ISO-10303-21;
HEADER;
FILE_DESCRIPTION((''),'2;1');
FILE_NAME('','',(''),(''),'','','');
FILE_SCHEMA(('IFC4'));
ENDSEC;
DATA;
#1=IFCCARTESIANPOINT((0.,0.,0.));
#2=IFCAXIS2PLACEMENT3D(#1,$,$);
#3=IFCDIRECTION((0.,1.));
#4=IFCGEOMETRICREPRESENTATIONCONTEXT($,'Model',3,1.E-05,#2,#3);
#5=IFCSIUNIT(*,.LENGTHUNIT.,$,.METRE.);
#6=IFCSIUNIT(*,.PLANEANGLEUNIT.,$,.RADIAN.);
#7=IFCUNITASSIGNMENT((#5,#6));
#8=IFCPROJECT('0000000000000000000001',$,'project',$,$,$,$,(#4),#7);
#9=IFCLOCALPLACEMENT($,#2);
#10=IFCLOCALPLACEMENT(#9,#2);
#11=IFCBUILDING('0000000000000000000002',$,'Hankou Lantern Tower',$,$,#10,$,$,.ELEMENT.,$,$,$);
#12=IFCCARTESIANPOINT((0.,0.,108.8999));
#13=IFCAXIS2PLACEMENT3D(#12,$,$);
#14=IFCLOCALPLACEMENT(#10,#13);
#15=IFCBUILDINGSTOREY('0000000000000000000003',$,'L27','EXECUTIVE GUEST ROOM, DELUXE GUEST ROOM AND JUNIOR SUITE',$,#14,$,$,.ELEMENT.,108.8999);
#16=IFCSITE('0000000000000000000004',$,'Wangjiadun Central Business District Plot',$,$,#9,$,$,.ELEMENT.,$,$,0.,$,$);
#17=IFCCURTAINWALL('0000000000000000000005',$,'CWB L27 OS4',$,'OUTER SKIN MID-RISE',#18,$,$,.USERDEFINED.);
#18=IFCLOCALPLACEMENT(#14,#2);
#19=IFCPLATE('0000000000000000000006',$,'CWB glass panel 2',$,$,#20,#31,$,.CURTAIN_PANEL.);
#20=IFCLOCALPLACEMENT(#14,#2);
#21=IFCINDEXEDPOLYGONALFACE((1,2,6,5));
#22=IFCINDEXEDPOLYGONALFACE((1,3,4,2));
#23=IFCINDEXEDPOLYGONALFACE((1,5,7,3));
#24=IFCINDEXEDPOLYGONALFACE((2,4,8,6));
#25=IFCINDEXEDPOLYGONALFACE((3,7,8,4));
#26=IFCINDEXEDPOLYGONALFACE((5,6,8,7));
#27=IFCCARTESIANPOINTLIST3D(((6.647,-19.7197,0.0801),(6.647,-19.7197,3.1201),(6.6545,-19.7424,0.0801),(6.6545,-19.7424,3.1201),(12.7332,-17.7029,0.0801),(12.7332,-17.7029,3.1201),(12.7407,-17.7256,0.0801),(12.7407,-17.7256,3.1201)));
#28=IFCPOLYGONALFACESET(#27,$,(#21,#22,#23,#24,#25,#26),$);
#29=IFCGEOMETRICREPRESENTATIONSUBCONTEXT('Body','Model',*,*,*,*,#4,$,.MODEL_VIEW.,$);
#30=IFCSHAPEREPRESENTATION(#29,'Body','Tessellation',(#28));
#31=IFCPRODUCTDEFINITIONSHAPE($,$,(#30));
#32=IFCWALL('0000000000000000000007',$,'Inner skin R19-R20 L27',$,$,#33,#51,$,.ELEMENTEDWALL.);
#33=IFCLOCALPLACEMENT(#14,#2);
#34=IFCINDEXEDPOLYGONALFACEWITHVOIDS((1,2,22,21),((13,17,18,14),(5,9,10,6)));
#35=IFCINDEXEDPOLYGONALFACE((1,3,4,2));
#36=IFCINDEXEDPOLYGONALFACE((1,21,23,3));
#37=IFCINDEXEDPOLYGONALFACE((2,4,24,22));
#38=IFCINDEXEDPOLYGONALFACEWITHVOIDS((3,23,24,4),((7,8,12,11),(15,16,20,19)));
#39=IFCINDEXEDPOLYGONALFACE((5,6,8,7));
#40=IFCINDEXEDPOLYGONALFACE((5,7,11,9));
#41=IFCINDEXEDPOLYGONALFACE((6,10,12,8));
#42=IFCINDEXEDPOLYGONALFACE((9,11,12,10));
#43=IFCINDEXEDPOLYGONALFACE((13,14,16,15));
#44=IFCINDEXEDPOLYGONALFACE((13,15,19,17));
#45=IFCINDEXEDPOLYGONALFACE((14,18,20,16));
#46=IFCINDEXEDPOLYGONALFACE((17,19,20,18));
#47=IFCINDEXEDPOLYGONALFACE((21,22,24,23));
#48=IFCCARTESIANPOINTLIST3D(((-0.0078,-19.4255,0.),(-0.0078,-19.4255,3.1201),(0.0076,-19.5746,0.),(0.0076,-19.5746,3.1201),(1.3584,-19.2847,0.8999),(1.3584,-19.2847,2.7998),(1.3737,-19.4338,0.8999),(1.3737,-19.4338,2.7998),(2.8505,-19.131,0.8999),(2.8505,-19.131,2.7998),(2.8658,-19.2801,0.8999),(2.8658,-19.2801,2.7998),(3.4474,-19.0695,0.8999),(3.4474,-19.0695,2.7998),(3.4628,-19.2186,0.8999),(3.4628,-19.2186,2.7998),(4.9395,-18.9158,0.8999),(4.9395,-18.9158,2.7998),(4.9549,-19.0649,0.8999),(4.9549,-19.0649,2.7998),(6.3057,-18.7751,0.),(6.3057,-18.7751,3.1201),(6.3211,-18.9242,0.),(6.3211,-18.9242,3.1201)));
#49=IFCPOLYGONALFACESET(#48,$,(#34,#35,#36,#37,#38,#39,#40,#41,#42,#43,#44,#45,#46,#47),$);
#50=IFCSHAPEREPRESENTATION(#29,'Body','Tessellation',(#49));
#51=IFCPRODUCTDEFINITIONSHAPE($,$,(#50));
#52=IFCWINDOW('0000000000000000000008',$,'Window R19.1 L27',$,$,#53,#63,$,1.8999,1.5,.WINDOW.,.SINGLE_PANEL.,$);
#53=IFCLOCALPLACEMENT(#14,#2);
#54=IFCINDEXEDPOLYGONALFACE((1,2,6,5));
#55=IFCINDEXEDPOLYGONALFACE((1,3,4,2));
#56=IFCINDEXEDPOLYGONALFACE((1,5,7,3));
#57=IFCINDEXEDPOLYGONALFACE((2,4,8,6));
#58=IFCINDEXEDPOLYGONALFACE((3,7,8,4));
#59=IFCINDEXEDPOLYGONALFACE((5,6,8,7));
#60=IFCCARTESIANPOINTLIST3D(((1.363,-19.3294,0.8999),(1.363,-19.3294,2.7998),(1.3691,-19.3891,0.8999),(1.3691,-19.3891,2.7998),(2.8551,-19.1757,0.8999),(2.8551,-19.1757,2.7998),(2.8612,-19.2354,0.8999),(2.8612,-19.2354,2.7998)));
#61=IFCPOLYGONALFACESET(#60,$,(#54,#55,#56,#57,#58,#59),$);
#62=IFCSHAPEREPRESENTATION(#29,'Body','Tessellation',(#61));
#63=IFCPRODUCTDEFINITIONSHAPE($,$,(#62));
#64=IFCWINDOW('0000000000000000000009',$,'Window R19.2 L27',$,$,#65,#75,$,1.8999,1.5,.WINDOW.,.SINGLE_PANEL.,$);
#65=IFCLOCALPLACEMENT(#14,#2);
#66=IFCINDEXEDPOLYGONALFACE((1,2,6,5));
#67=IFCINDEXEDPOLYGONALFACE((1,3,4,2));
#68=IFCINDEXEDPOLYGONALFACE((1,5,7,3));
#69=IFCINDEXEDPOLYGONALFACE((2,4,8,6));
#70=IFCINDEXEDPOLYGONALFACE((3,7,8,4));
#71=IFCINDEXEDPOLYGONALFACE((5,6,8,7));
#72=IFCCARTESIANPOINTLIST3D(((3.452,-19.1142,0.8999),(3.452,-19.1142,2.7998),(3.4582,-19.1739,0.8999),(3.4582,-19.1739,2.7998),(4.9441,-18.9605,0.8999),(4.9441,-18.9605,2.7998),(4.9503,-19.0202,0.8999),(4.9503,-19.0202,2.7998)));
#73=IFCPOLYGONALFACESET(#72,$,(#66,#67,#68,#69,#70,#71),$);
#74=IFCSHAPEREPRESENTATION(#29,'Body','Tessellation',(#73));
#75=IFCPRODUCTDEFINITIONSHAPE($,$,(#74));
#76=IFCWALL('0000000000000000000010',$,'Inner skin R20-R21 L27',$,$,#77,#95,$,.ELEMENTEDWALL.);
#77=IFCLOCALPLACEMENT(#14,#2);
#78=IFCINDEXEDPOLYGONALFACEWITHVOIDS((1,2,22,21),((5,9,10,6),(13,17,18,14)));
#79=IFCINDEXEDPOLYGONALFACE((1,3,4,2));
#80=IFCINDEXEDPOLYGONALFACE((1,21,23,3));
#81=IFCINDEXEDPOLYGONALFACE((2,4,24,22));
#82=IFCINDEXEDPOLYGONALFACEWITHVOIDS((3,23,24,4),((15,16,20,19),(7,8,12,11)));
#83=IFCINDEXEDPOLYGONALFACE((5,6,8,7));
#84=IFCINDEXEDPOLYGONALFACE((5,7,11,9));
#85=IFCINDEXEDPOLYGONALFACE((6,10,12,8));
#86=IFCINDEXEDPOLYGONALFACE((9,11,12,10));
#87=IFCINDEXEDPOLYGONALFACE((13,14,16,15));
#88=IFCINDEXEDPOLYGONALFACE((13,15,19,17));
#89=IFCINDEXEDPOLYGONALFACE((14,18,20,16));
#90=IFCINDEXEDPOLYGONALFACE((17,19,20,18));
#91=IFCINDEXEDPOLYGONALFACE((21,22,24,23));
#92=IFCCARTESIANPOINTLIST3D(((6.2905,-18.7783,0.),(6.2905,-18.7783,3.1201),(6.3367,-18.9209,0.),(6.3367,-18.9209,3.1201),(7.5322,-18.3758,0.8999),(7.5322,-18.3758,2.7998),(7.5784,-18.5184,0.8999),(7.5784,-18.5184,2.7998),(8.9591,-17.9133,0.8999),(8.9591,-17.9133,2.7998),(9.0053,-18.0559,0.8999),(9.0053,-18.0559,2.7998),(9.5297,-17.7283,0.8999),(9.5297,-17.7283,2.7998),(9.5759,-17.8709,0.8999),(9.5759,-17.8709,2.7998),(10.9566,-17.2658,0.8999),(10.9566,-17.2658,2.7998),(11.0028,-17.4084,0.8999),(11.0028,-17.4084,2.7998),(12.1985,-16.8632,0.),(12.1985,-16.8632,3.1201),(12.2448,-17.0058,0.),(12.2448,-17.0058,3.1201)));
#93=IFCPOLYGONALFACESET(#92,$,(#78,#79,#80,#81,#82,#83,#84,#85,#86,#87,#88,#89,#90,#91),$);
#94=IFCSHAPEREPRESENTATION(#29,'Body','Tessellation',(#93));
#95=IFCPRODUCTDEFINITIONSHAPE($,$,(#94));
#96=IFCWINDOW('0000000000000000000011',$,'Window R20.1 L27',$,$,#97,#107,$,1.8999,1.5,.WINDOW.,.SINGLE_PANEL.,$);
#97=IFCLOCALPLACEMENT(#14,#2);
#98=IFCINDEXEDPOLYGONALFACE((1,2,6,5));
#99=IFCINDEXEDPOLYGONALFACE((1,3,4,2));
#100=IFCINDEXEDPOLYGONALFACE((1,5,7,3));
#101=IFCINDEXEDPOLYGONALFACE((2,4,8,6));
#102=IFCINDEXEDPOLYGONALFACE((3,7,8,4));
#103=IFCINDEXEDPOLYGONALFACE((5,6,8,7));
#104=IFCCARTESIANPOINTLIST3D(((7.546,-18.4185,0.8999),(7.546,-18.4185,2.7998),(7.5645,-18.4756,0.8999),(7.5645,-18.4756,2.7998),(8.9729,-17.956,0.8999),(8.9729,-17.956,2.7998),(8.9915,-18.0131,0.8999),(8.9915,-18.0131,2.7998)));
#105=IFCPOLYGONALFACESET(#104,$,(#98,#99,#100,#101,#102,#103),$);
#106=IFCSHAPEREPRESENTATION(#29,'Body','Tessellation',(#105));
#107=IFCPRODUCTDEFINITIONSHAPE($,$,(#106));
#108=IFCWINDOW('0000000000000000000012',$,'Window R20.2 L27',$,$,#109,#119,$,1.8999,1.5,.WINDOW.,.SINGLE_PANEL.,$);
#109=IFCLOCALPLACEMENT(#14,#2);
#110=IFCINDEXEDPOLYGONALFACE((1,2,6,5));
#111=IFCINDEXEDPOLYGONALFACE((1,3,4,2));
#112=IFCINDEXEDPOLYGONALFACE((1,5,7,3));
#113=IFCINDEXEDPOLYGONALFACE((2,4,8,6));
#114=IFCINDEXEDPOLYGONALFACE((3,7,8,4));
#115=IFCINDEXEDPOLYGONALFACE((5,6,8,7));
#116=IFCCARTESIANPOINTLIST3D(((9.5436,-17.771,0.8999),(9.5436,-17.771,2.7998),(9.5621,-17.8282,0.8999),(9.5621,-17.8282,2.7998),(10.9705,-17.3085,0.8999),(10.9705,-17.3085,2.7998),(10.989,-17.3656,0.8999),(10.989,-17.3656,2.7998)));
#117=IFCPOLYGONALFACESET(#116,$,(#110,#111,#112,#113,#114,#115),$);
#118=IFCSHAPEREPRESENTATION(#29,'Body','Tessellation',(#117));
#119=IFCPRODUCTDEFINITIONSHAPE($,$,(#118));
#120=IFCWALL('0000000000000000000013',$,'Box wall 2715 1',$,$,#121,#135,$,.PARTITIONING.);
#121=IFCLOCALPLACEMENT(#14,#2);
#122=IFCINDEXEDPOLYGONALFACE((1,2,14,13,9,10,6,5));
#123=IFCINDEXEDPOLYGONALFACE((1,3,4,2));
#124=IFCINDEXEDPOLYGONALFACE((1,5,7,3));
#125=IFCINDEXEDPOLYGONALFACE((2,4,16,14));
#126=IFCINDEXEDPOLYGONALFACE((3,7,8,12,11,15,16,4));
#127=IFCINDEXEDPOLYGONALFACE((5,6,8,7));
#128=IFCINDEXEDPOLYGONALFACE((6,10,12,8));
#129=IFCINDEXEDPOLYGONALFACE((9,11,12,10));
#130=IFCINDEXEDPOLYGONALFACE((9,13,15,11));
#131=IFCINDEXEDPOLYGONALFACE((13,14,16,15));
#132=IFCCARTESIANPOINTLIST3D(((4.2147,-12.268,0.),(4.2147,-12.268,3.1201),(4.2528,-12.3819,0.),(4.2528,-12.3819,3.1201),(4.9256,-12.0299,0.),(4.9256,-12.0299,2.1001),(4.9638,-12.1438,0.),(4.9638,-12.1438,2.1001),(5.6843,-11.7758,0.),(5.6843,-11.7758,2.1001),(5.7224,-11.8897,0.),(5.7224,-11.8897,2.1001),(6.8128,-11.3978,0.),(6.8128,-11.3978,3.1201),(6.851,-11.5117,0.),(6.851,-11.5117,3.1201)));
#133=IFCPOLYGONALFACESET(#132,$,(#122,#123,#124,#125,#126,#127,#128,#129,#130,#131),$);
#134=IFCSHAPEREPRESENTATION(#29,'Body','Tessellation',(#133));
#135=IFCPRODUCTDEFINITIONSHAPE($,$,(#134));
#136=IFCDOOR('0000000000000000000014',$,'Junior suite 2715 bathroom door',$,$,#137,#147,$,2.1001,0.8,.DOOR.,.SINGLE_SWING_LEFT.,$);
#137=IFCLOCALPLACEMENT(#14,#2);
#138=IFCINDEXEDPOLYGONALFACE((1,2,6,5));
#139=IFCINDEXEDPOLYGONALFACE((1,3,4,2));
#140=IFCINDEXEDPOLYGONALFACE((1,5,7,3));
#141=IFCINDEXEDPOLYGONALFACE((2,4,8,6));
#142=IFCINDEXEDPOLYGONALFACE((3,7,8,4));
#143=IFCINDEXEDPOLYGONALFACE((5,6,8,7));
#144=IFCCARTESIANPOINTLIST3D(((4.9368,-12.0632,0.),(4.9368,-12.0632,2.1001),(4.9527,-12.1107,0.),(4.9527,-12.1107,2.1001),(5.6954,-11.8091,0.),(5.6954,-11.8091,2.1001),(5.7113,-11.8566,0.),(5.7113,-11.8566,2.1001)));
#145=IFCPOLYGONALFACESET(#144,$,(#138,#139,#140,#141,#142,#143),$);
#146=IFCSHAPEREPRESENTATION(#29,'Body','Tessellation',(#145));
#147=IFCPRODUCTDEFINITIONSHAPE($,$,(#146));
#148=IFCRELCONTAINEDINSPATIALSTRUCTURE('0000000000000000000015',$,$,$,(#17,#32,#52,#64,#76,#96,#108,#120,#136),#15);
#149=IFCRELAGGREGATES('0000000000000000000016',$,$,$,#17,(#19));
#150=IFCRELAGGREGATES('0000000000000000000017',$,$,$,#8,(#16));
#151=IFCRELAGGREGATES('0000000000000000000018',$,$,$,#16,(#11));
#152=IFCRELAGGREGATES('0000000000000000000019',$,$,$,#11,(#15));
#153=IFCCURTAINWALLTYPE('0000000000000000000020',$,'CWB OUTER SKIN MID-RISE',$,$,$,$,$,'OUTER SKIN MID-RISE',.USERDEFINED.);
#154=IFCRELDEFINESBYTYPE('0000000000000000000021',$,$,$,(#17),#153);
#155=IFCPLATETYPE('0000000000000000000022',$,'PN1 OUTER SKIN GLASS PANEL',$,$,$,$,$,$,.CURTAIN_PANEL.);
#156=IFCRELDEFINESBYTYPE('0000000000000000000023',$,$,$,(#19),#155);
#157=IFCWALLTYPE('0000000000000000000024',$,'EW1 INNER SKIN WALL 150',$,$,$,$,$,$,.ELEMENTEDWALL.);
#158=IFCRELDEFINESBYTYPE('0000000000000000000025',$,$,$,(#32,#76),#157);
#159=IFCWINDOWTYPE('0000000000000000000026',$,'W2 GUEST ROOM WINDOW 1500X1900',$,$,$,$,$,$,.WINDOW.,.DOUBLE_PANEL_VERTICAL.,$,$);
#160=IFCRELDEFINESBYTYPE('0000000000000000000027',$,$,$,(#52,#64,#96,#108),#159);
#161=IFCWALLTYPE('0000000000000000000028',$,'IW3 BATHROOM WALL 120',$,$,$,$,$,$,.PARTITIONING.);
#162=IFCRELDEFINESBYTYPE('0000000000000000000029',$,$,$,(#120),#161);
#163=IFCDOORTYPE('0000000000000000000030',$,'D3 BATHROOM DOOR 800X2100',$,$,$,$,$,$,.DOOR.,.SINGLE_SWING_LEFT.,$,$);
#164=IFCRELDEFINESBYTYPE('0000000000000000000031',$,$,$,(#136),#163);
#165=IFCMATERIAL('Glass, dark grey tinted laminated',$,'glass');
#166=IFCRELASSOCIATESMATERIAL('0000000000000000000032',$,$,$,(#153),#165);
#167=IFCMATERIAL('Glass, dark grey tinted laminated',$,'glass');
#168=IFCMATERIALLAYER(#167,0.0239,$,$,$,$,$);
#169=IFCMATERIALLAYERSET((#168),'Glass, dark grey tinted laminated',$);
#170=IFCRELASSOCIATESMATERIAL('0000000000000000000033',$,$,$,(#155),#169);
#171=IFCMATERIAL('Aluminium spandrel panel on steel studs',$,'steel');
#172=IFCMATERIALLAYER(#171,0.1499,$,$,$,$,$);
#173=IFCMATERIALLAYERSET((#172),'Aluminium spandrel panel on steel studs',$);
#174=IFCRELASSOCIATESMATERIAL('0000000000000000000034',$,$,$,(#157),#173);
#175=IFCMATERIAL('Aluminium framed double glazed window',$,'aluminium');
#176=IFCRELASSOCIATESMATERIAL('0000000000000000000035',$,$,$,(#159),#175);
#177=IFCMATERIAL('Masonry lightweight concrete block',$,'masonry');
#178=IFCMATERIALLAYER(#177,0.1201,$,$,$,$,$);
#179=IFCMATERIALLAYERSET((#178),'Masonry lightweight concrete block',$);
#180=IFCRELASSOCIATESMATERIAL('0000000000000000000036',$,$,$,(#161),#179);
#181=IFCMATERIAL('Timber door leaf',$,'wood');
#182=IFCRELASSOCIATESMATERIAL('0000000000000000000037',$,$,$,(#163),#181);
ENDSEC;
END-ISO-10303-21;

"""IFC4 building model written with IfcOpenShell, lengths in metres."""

from ifc_helpers import new_model, si_unit, direction, frame, frame_2d, origin, origin_2d, place, context, subcontext, project, spatial, rectangle, extrude, material, layer, layer_set, type_object, element, fill, aggregate, save


model = new_model("IFC4")

# Units and contexts
model_context = context("Model", 3, precision=1e-05, world=origin(), true_north=direction((0.0, 1.0)))
body_context = subcontext(model_context, "Body", "Model", "MODEL_VIEW")
ifc_project = project(units=[si_unit("LENGTHUNIT", "METRE"), si_unit("PLANEANGLEUNIT", "RADIAN")], contexts=[model_context])

# Site, building, storey
site_placement = place(None, origin())
site = spatial("IfcSite", under=ifc_project, at=site_placement, Name="Wangjiadun Central Business District Plot", CompositionType="ELEMENT", RefElevation=0.0)
building_placement = place(site_placement, origin())
building = spatial("IfcBuilding", under=site, at=building_placement, Name="Hankou Lantern Tower", CompositionType="ELEMENT")
storey_placement = place(building_placement, frame((0.0, 0.0, 108.8999)))
storey = spatial("IfcBuildingStorey", under=building, at=storey_placement, Name="L27", Description="EXECUTIVE GUEST ROOM, DELUXE GUEST ROOM AND JUNIOR SUITE", CompositionType="ELEMENT", Elevation=108.8999)

# Curtain wall
ifc_material_1 = material(Name="Glass, dark grey tinted laminated", Category="glass")
curtain_wall_type = type_object("IfcCurtainWallType", Name="CWB OUTER SKIN MID-RISE", ElementType="OUTER SKIN MID-RISE", PredefinedType="USERDEFINED", material=ifc_material_1)
curtain_wall_placement = place(storey_placement, origin())
curtain_wall = element("IfcCurtainWall", 1, at=curtain_wall_placement, inside=storey, type_object=curtain_wall_type, Name="CWB L27 OS4", ObjectType="OUTER SKIN MID-RISE", PredefinedType="USERDEFINED")

# Plate
ifc_material_2 = material(Name="Glass, dark grey tinted laminated", Category="glass")
ifc_layer_1 = layer(ifc_material_2, 0.0239)
ifc_layer_set_1 = layer_set([ifc_layer_1], Name="Glass, dark grey tinted laminated")
plate_type = type_object("IfcPlateType", Name="PN1 OUTER SKIN GLASS PANEL", PredefinedType="CURTAIN_PANEL", material=ifc_layer_set_1)
plate_1_placement = place(storey_placement, frame((9.6938, -18.7227, 0.0801), z_axis=(0.0, 0.0, 1.0), x_axis=(0.949241, 0.314551, 0.0)))
plate_1 = element("IfcPlate", 2, at=plate_1_placement, type_object=plate_type, Name="CWB glass panel 2", PredefinedType="CURTAIN_PANEL", context=body_context, shape_type="SweptSolid", body=[
    extrude(rectangle(XDim=6.4116, YDim=0.0239, at=origin_2d()), origin(), (0.0, 0.0, 1.0), 3.04),
])
aggregate(curtain_wall, [plate_1])

# Walls, openings, windows
ifc_material_3 = material(Name="Aluminium spandrel panel on steel studs", Category="steel")
ifc_layer_2 = layer(ifc_material_3, 0.1499)
ifc_layer_set_2 = layer_set([ifc_layer_2], Name="Aluminium spandrel panel on steel studs")
wall_type_1 = type_object("IfcWallType", Name="EW1 INNER SKIN WALL 150", PredefinedType="ELEMENTEDWALL", material=ifc_layer_set_2)
wall_1_placement = place(storey_placement, frame((0.0, -19.5, 0.0), z_axis=(0.0, 0.0, 1.0), x_axis=(0.994736, 0.102474, 0.0)))
wall_1 = element("IfcWall", 3, at=wall_1_placement, inside=storey, type_object=wall_type_1, Name="Inner skin R19-R20 L27", PredefinedType="ELEMENTEDWALL", context=body_context, shape_type="SweptSolid", body=[
    extrude(rectangle(XDim=6.3469, YDim=0.1499, at=frame_2d((3.1733, 0.0))), origin(), (0.0, 0.0, 1.0), 3.1201),
])
opening_1_placement = place(wall_1_placement, frame((1.3733, 0.0, 0.8999)))
opening_1 = element("IfcOpeningElement", 4, at=opening_1_placement, cuts=wall_1, PredefinedType="OPENING", context=body_context, shape_type="SweptSolid", body=[
    extrude(rectangle(XDim=1.5, YDim=1.8999, at=frame_2d((0.75, 0.95))), frame((0.0, 0.085, 0.0), z_axis=(0.0, -1.0, 0.0), x_axis=(1.0, 0.0, 0.0)), (0.0, 0.0, 1.0), 0.1699),
])
opening_2_placement = place(wall_1_placement, frame((3.4734, 0.0, 0.8999)))
opening_2 = element("IfcOpeningElement", 5, at=opening_2_placement, cuts=wall_1, PredefinedType="OPENING", context=body_context, shape_type="SweptSolid", body=[
    extrude(rectangle(XDim=1.5, YDim=1.8999, at=frame_2d((0.75, 0.95))), frame((0.0, 0.085, 0.0), z_axis=(0.0, -1.0, 0.0), x_axis=(1.0, 0.0, 0.0)), (0.0, 0.0, 1.0), 0.1699),
])
ifc_material_4 = material(Name="Aluminium framed double glazed window", Category="aluminium")
window_type = type_object("IfcWindowType", Name="W2 GUEST ROOM WINDOW 1500X1900", PartitioningType="DOUBLE_PANEL_VERTICAL", PredefinedType="WINDOW", material=ifc_material_4)
window_1_placement = place(opening_1_placement, origin())
window_1 = element("IfcWindow", 6, at=window_1_placement, inside=storey, type_object=window_type, Name="Window R19.1 L27", OverallHeight=1.8999, OverallWidth=1.5, PartitioningType="SINGLE_PANEL", PredefinedType="WINDOW", context=body_context, shape_type="SweptSolid", body=[
    extrude(rectangle(XDim=1.5, YDim=1.8999, at=frame_2d((0.75, 0.95))), frame((0.0, 0.03, 0.0), z_axis=(0.0, -1.0, 0.0), x_axis=(1.0, 0.0, 0.0)), (0.0, 0.0, 1.0), 0.0601),
])
fill(opening_1, window_1)
window_2_placement = place(opening_2_placement, origin())
window_2 = element("IfcWindow", 7, at=window_2_placement, inside=storey, type_object=window_type, Name="Window R19.2 L27", OverallHeight=1.8999, OverallWidth=1.5, PartitioningType="SINGLE_PANEL", PredefinedType="WINDOW", context=body_context, shape_type="SweptSolid", body=[
    extrude(rectangle(XDim=1.5, YDim=1.8999, at=frame_2d((0.75, 0.95))), frame((0.0, 0.03, 0.0), z_axis=(0.0, -1.0, 0.0), x_axis=(1.0, 0.0, 0.0)), (0.0, 0.0, 1.0), 0.0601),
])
fill(opening_2, window_2)
wall_2_placement = place(storey_placement, frame((6.3135, -18.8496, 0.0), z_axis=(0.0, 0.0, 1.0), x_axis=(0.951273, 0.308351, 0.0)))
wall_2 = element("IfcWall", 8, at=wall_2_placement, inside=storey, type_object=wall_type_1, Name="Inner skin R20-R21 L27", PredefinedType="ELEMENTEDWALL", context=body_context, shape_type="SweptSolid", body=[
    extrude(rectangle(XDim=6.2107, YDim=0.1499, at=frame_2d((3.1055, 0.0))), origin(), (0.0, 0.0, 1.0), 3.1201),
])
opening_3_placement = place(wall_2_placement, frame((1.3054, 0.0, 0.8999)))
opening_3 = element("IfcOpeningElement", 9, at=opening_3_placement, cuts=wall_2, PredefinedType="OPENING", context=body_context, shape_type="SweptSolid", body=[
    extrude(rectangle(XDim=1.5, YDim=1.8999, at=frame_2d((0.75, 0.95))), frame((0.0, 0.085, 0.0), z_axis=(0.0, -1.0, 0.0), x_axis=(1.0, 0.0, 0.0)), (0.0, 0.0, 1.0), 0.1699),
])
opening_4_placement = place(wall_2_placement, frame((3.4053, 0.0, 0.8999)))
opening_4 = element("IfcOpeningElement", 10, at=opening_4_placement, cuts=wall_2, PredefinedType="OPENING", context=body_context, shape_type="SweptSolid", body=[
    extrude(rectangle(XDim=1.5, YDim=1.8999, at=frame_2d((0.75, 0.95))), frame((0.0, 0.085, 0.0), z_axis=(0.0, -1.0, 0.0), x_axis=(1.0, 0.0, 0.0)), (0.0, 0.0, 1.0), 0.1699),
])
window_3_placement = place(opening_3_placement, origin())
window_3 = element("IfcWindow", 11, at=window_3_placement, inside=storey, type_object=window_type, Name="Window R20.1 L27", OverallHeight=1.8999, OverallWidth=1.5, PartitioningType="SINGLE_PANEL", PredefinedType="WINDOW", context=body_context, shape_type="SweptSolid", body=[
    extrude(rectangle(XDim=1.5, YDim=1.8999, at=frame_2d((0.75, 0.95))), frame((0.0, 0.03, 0.0), z_axis=(0.0, -1.0, 0.0), x_axis=(1.0, 0.0, 0.0)), (0.0, 0.0, 1.0), 0.0601),
])
fill(opening_3, window_3)
window_4_placement = place(opening_4_placement, origin())
window_4 = element("IfcWindow", 12, at=window_4_placement, inside=storey, type_object=window_type, Name="Window R20.2 L27", OverallHeight=1.8999, OverallWidth=1.5, PartitioningType="SINGLE_PANEL", PredefinedType="WINDOW", context=body_context, shape_type="SweptSolid", body=[
    extrude(rectangle(XDim=1.5, YDim=1.8999, at=frame_2d((0.75, 0.95))), frame((0.0, 0.03, 0.0), z_axis=(0.0, -1.0, 0.0), x_axis=(1.0, 0.0, 0.0)), (0.0, 0.0, 1.0), 0.0601),
])
fill(opening_4, window_4)

# Wall, opening, door
ifc_material_5 = material(Name="Masonry lightweight concrete block", Category="masonry")
ifc_layer_3 = layer(ifc_material_5, 0.1201)
ifc_layer_set_3 = layer_set([ifc_layer_3], Name="Masonry lightweight concrete block")
wall_type_2 = type_object("IfcWallType", Name="IW3 BATHROOM WALL 120", PredefinedType="PARTITIONING", material=ifc_layer_set_3)
wall_3_placement = place(storey_placement, frame((4.2336, -12.325, 0.0), z_axis=(0.0, 0.0, 1.0), x_axis=(0.948237, 0.317564, 0.0)))
wall_3 = element("IfcWall", 13, at=wall_3_placement, inside=storey, type_object=wall_type_2, Name="Box wall 2715 1", PredefinedType="PARTITIONING", context=body_context, shape_type="SweptSolid", body=[
    extrude(rectangle(XDim=2.74, YDim=0.1201, at=frame_2d((1.3701, 0.0))), origin(), (0.0, 0.0, 1.0), 3.1201),
])
opening_5_placement = place(wall_3_placement, frame((0.75, 0.0, 0.0)))
opening_5 = element("IfcOpeningElement", 14, at=opening_5_placement, cuts=wall_3, PredefinedType="OPENING", context=body_context, shape_type="SweptSolid", body=[
    extrude(rectangle(XDim=0.8, YDim=2.1001, at=frame_2d((0.3999, 1.05))), frame((0.0, 0.0701, 0.0), z_axis=(0.0, -1.0, 0.0), x_axis=(1.0, 0.0, 0.0)), (0.0, 0.0, 1.0), 0.1401),
])
ifc_material_6 = material(Name="Timber door leaf", Category="wood")
door_type = type_object("IfcDoorType", Name="D3 BATHROOM DOOR 800X2100", OperationType="SINGLE_SWING_LEFT", PredefinedType="DOOR", material=ifc_material_6)
door_placement = place(opening_5_placement, origin())
door = element("IfcDoor", 15, at=door_placement, inside=storey, type_object=door_type, Name="Junior suite 2715 bathroom door", OperationType="SINGLE_SWING_LEFT", OverallHeight=2.1001, OverallWidth=0.8, PredefinedType="DOOR", context=body_context, shape_type="SweptSolid", body=[
    extrude(rectangle(XDim=0.8, YDim=2.1001, at=frame_2d((0.3999, 1.05))), frame((0.0, 0.0249, 0.0), z_axis=(0.0, -1.0, 0.0), x_axis=(1.0, 0.0, 0.0)), (0.0, 0.0, 1.0), 0.05),
])
fill(opening_5, door)

save(model, "model.ifc")
